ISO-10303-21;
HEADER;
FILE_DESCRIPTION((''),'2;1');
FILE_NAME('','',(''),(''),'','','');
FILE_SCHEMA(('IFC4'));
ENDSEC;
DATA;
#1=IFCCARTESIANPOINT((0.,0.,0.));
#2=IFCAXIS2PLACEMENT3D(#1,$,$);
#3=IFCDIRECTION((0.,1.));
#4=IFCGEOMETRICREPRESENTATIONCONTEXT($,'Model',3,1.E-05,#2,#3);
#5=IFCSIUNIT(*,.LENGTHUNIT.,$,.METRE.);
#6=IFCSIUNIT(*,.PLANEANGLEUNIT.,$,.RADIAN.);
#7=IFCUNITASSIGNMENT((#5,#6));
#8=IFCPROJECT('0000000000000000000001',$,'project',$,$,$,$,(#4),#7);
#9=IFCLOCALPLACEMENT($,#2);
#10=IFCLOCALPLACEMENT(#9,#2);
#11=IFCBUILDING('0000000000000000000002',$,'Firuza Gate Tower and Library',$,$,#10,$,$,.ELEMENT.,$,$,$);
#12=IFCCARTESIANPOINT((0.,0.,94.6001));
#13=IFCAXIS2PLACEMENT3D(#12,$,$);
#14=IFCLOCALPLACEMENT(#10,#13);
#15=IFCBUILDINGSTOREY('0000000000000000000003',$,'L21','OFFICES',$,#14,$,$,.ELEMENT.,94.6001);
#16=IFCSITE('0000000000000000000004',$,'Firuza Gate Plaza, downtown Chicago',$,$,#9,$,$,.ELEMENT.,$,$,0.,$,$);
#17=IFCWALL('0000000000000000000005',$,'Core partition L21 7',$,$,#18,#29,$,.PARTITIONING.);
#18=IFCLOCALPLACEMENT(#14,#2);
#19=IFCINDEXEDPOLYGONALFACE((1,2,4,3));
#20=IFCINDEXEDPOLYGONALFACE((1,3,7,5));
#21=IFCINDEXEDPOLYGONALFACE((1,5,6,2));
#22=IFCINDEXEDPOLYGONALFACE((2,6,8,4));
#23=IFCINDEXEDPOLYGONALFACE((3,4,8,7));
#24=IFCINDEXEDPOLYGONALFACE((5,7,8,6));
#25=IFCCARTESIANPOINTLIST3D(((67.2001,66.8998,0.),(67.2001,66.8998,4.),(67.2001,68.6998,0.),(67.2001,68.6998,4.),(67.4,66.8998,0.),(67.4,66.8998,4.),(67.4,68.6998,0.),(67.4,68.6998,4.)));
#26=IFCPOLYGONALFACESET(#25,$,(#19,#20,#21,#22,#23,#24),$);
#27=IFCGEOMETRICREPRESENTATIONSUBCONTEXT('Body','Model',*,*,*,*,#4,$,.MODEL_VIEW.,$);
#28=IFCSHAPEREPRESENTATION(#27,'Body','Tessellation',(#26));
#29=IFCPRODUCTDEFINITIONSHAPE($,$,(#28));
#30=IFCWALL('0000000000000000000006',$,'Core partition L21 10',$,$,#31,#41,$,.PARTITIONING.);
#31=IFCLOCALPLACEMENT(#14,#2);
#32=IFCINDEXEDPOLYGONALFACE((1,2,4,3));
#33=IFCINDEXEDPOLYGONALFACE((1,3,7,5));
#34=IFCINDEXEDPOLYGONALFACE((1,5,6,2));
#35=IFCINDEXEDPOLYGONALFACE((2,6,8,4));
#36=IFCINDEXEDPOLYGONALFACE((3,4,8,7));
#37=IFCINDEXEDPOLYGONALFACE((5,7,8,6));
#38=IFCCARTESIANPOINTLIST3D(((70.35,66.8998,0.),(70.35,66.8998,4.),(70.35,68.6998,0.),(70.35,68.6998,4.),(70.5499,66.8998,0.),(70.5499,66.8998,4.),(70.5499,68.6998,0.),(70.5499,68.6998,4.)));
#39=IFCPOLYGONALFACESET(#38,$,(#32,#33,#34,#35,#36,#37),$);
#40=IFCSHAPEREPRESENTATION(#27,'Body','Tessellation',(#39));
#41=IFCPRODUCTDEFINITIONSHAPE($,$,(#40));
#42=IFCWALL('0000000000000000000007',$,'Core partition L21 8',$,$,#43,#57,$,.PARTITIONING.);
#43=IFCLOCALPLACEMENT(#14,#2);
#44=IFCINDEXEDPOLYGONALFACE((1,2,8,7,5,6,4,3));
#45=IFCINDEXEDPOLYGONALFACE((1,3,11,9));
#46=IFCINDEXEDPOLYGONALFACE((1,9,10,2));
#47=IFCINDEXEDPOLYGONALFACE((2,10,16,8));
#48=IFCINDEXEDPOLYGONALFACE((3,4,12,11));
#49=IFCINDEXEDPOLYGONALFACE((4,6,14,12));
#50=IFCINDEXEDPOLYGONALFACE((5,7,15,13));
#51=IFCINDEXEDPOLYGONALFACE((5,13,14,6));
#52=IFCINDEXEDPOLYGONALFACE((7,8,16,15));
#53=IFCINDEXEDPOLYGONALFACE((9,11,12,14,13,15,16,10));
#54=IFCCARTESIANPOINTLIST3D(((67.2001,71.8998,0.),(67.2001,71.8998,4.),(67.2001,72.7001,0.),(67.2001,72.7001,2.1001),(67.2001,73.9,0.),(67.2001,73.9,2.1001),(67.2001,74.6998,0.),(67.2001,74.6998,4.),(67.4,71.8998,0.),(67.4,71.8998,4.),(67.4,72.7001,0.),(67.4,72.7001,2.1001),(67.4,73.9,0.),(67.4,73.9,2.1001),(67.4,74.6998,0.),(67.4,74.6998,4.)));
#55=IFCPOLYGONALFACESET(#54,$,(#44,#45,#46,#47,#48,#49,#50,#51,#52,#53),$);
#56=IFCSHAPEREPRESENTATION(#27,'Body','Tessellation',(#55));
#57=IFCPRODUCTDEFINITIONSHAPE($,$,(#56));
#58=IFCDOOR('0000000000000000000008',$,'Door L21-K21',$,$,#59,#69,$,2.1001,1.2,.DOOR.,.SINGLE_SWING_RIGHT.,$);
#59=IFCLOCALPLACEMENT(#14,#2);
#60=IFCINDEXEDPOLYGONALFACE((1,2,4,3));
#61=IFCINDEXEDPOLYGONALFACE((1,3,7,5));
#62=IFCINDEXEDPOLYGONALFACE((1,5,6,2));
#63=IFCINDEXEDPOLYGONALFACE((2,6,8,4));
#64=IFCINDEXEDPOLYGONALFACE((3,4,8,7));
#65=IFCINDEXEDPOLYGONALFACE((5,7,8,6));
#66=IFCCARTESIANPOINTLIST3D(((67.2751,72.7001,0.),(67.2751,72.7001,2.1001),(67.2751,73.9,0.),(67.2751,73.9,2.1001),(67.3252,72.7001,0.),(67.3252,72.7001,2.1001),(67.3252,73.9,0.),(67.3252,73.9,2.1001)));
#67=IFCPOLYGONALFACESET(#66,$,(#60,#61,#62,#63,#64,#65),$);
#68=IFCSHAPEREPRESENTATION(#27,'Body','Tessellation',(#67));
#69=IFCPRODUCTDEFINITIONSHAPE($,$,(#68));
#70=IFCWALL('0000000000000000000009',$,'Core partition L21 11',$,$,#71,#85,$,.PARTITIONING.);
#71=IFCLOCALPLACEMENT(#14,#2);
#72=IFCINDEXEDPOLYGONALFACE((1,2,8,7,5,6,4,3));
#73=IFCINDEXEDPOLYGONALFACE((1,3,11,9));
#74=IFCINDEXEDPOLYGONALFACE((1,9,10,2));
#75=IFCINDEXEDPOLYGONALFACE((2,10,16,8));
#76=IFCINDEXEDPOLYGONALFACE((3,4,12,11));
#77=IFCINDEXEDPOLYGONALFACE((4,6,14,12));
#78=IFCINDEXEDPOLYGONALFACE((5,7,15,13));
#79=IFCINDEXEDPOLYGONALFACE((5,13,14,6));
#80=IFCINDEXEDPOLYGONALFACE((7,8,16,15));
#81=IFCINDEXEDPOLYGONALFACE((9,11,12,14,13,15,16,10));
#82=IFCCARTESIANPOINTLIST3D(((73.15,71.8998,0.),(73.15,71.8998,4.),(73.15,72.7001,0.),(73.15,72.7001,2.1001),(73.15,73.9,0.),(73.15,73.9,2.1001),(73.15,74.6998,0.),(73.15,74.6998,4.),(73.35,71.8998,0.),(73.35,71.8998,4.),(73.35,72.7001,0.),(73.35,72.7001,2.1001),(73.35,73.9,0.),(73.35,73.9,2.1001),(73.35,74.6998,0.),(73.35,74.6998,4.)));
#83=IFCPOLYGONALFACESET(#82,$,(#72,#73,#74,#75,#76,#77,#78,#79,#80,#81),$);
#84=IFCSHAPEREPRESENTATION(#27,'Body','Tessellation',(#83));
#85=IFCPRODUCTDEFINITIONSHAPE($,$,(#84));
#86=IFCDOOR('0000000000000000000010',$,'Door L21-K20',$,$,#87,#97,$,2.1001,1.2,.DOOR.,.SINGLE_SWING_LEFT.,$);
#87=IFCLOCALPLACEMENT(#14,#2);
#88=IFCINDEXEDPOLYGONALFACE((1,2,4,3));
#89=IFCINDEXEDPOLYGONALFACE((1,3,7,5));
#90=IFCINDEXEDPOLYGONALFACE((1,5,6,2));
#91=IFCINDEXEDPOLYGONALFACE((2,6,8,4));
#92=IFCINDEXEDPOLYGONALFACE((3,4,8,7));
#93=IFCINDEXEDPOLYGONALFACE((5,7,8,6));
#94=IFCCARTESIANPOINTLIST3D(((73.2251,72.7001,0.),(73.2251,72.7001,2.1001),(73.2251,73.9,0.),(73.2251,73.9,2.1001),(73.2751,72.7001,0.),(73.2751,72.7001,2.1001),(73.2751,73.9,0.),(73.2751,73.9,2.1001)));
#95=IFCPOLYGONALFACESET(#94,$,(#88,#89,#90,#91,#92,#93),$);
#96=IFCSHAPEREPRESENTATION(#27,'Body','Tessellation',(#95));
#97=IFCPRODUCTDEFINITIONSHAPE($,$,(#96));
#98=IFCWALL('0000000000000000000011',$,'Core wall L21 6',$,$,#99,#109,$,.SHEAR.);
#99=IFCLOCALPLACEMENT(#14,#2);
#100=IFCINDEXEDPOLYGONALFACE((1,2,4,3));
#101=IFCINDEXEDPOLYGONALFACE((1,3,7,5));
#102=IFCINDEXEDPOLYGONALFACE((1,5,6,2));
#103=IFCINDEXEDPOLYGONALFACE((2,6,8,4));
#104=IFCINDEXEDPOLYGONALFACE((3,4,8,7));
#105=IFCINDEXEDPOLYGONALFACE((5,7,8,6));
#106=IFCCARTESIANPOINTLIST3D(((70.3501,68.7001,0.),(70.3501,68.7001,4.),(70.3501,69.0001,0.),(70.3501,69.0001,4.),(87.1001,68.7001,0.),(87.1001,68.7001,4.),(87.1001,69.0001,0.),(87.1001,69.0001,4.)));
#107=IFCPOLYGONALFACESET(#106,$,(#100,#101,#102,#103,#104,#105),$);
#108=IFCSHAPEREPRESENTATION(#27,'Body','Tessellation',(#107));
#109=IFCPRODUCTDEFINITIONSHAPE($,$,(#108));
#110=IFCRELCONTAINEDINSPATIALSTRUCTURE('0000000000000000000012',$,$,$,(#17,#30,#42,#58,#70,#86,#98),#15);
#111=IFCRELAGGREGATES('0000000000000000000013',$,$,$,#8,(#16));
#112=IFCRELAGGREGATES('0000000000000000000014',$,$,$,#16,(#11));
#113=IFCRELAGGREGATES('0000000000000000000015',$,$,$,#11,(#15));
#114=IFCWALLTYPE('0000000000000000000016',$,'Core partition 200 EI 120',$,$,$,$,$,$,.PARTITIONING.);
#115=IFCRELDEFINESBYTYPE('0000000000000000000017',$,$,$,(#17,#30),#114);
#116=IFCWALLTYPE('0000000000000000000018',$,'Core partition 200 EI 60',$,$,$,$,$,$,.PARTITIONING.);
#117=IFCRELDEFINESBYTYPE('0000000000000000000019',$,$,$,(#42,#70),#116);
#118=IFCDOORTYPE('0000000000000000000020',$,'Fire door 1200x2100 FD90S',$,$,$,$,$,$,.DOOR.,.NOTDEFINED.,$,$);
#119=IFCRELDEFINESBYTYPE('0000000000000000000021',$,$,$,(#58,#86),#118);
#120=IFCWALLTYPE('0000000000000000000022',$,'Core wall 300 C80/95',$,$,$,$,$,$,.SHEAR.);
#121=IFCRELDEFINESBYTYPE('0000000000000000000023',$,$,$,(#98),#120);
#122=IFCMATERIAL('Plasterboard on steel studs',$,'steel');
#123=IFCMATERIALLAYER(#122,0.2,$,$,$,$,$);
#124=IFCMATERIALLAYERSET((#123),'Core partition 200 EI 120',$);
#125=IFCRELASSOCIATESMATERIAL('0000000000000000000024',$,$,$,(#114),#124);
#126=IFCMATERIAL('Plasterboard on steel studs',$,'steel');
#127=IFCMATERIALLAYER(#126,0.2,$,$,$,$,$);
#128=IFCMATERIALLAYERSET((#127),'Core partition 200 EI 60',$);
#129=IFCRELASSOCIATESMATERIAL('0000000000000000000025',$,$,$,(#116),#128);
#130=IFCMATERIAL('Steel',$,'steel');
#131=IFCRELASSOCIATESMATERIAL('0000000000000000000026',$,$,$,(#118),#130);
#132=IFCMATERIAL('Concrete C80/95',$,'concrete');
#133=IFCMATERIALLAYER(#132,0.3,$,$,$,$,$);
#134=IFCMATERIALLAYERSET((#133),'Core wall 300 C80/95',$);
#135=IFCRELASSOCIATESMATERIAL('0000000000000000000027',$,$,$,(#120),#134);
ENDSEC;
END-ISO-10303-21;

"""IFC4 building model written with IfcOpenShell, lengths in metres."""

from ifc_helpers import new_model, si_unit, direction, frame, frame_2d, origin, place, context, subcontext, project, spatial, rectangle, extrude, material, layer, layer_set, type_object, element, fill, save


model = new_model("IFC4")

# Units and contexts
model_context = context("Model", 3, precision=1e-05, world=origin(), true_north=direction((0.0, 1.0)))
body_context = subcontext(model_context, "Body", "Model", "MODEL_VIEW")
ifc_project = project(units=[si_unit("LENGTHUNIT", "METRE"), si_unit("PLANEANGLEUNIT", "RADIAN")], contexts=[model_context])

# Site, building, storey
site_placement = place(None, origin())
site = spatial("IfcSite", under=ifc_project, at=site_placement, Name="Firuza Gate Plaza, downtown Chicago", CompositionType="ELEMENT", RefElevation=0.0)
building_placement = place(site_placement, origin())
building = spatial("IfcBuilding", under=site, at=building_placement, Name="Firuza Gate Tower and Library", CompositionType="ELEMENT")
storey_placement = place(building_placement, frame((0.0, 0.0, 94.6001)))
storey = spatial("IfcBuildingStorey", under=building, at=storey_placement, Name="L21", Description="OFFICES", CompositionType="ELEMENT", Elevation=94.6001)

# Walls
ifc_material_1 = material(Name="Plasterboard on steel studs", Category="steel")
ifc_layer_1 = layer(ifc_material_1, 0.2)
ifc_layer_set_1 = layer_set([ifc_layer_1], Name="Core partition 200 EI 120")
wall_type_1 = type_object("IfcWallType", Name="Core partition 200 EI 120", PredefinedType="PARTITIONING", material=ifc_layer_set_1)
for number, where, z_axis, x_axis, name in (
    (1, (67.3, 66.8999, 0.0), (0.0, 0.0, 1.0), (0.0, 1.0, 0.0), "Core partition L21 7"),
    (2, (70.45, 66.8999, 0.0), (0.0, 0.0, 1.0), (0.0, 1.0, 0.0), "Core partition L21 10"),
):
    element("IfcWall", number, at=place(storey_placement, frame(where, z_axis=z_axis, x_axis=x_axis)), inside=storey, type_object=wall_type_1, Name=name, PredefinedType="PARTITIONING", context=body_context, shape_type="SweptSolid", body=[
        extrude(rectangle(XDim=1.8, YDim=0.2, at=frame_2d((0.8999, 0.0))), origin(), (0.0, 0.0, 1.0), 4.0),
    ])

# Walls, openings, doors
ifc_material_2 = material(Name="Plasterboard on steel studs", Category="steel")
ifc_layer_2 = layer(ifc_material_2, 0.2)
ifc_layer_set_2 = layer_set([ifc_layer_2], Name="Core partition 200 EI 60")
wall_type_2 = type_object("IfcWallType", Name="Core partition 200 EI 60", PredefinedType="PARTITIONING", material=ifc_layer_set_2)
wall_1_placement = place(storey_placement, frame((67.3, 71.8999, 0.0), z_axis=(0.0, 0.0, 1.0), x_axis=(0.0, 1.0, 0.0)))
wall_1 = element("IfcWall", 3, at=wall_1_placement, inside=storey, type_object=wall_type_2, Name="Core partition L21 8", PredefinedType="PARTITIONING", context=body_context, shape_type="SweptSolid", body=[
    extrude(rectangle(XDim=2.8, YDim=0.2, at=frame_2d((1.3999, 0.0))), origin(), (0.0, 0.0, 1.0), 4.0),
])
opening_1_placement = place(wall_1_placement, frame((0.8, 0.0, 0.0)))
opening_1 = element("IfcOpeningElement", 4, at=opening_1_placement, cuts=wall_1, PredefinedType="OPENING", context=body_context, shape_type="SweptSolid", body=[
    extrude(rectangle(XDim=1.2, YDim=2.1001, at=frame_2d((0.6001, 1.05))), frame((0.0, 0.1099, 0.0), z_axis=(0.0, -1.0, 0.0), x_axis=(1.0, 0.0, 0.0)), (0.0, 0.0, 1.0), 0.22),
])
ifc_material_3 = material(Name="Steel", Category="steel")
door_type_1 = type_object("IfcDoorType", Name="Fire door 1200x2100 FD90S", OperationType="NOTDEFINED", PredefinedType="DOOR", material=ifc_material_3)
door_1_placement = place(opening_1_placement, origin())
door_1 = element("IfcDoor", 5, at=door_1_placement, inside=storey, type_object=door_type_1, Name="Door L21-K21", OperationType="SINGLE_SWING_RIGHT", OverallHeight=2.1001, OverallWidth=1.2, PredefinedType="DOOR", context=body_context, shape_type="SweptSolid", body=[
    extrude(rectangle(XDim=1.2, YDim=2.1001, at=frame_2d((0.6001, 1.05))), frame((0.0, 0.0249, 0.0), z_axis=(0.0, -1.0, 0.0), x_axis=(1.0, 0.0, 0.0)), (0.0, 0.0, 1.0), 0.05),
])
fill(opening_1, door_1)
wall_2_placement = place(storey_placement, frame((73.25, 71.8999, 0.0), z_axis=(0.0, 0.0, 1.0), x_axis=(0.0, 1.0, 0.0)))
wall_2 = element("IfcWall", 6, at=wall_2_placement, inside=storey, type_object=wall_type_2, Name="Core partition L21 11", PredefinedType="PARTITIONING", context=body_context, shape_type="SweptSolid", body=[
    extrude(rectangle(XDim=2.8, YDim=0.2, at=frame_2d((1.3999, 0.0))), origin(), (0.0, 0.0, 1.0), 4.0),
])
opening_2_placement = place(wall_2_placement, frame((0.8, 0.0, 0.0)))
opening_2 = element("IfcOpeningElement", 7, at=opening_2_placement, cuts=wall_2, PredefinedType="OPENING", context=body_context, shape_type="SweptSolid", body=[
    extrude(rectangle(XDim=1.2, YDim=2.1001, at=frame_2d((0.6001, 1.05))), frame((0.0, 0.1099, 0.0), z_axis=(0.0, -1.0, 0.0), x_axis=(1.0, 0.0, 0.0)), (0.0, 0.0, 1.0), 0.22),
])
door_2_placement = place(opening_2_placement, origin())
door_2 = element("IfcDoor", 8, at=door_2_placement, inside=storey, type_object=door_type_1, Name="Door L21-K20", OperationType="SINGLE_SWING_LEFT", OverallHeight=2.1001, OverallWidth=1.2, PredefinedType="DOOR", context=body_context, shape_type="SweptSolid", body=[
    extrude(rectangle(XDim=1.2, YDim=2.1001, at=frame_2d((0.6001, 1.05))), frame((0.0, 0.0249, 0.0), z_axis=(0.0, -1.0, 0.0), x_axis=(1.0, 0.0, 0.0)), (0.0, 0.0, 1.0), 0.05),
])
fill(opening_2, door_2)

# Wall
ifc_material_4 = material(Name="Concrete C80/95", Category="concrete")
ifc_layer_3 = layer(ifc_material_4, 0.3)
ifc_layer_set_3 = layer_set([ifc_layer_3], Name="Core wall 300 C80/95")
wall_type_3 = type_object("IfcWallType", Name="Core wall 300 C80/95", PredefinedType="SHEAR", material=ifc_layer_set_3)
wall_3_placement = place(storey_placement, frame((70.3501, 68.8501, 0.0), z_axis=(0.0, 0.0, 1.0), x_axis=(1.0, 0.0, 0.0)))
element("IfcWall", 9, at=wall_3_placement, inside=storey, type_object=wall_type_3, Name="Core wall L21 6", PredefinedType="SHEAR", context=body_context, shape_type="SweptSolid", body=[
    extrude(rectangle(XDim=16.75, YDim=0.3, at=frame_2d((8.375, 0.0))), origin(), (0.0, 0.0, 1.0), 4.0),
])

save(model, "model.ifc")
